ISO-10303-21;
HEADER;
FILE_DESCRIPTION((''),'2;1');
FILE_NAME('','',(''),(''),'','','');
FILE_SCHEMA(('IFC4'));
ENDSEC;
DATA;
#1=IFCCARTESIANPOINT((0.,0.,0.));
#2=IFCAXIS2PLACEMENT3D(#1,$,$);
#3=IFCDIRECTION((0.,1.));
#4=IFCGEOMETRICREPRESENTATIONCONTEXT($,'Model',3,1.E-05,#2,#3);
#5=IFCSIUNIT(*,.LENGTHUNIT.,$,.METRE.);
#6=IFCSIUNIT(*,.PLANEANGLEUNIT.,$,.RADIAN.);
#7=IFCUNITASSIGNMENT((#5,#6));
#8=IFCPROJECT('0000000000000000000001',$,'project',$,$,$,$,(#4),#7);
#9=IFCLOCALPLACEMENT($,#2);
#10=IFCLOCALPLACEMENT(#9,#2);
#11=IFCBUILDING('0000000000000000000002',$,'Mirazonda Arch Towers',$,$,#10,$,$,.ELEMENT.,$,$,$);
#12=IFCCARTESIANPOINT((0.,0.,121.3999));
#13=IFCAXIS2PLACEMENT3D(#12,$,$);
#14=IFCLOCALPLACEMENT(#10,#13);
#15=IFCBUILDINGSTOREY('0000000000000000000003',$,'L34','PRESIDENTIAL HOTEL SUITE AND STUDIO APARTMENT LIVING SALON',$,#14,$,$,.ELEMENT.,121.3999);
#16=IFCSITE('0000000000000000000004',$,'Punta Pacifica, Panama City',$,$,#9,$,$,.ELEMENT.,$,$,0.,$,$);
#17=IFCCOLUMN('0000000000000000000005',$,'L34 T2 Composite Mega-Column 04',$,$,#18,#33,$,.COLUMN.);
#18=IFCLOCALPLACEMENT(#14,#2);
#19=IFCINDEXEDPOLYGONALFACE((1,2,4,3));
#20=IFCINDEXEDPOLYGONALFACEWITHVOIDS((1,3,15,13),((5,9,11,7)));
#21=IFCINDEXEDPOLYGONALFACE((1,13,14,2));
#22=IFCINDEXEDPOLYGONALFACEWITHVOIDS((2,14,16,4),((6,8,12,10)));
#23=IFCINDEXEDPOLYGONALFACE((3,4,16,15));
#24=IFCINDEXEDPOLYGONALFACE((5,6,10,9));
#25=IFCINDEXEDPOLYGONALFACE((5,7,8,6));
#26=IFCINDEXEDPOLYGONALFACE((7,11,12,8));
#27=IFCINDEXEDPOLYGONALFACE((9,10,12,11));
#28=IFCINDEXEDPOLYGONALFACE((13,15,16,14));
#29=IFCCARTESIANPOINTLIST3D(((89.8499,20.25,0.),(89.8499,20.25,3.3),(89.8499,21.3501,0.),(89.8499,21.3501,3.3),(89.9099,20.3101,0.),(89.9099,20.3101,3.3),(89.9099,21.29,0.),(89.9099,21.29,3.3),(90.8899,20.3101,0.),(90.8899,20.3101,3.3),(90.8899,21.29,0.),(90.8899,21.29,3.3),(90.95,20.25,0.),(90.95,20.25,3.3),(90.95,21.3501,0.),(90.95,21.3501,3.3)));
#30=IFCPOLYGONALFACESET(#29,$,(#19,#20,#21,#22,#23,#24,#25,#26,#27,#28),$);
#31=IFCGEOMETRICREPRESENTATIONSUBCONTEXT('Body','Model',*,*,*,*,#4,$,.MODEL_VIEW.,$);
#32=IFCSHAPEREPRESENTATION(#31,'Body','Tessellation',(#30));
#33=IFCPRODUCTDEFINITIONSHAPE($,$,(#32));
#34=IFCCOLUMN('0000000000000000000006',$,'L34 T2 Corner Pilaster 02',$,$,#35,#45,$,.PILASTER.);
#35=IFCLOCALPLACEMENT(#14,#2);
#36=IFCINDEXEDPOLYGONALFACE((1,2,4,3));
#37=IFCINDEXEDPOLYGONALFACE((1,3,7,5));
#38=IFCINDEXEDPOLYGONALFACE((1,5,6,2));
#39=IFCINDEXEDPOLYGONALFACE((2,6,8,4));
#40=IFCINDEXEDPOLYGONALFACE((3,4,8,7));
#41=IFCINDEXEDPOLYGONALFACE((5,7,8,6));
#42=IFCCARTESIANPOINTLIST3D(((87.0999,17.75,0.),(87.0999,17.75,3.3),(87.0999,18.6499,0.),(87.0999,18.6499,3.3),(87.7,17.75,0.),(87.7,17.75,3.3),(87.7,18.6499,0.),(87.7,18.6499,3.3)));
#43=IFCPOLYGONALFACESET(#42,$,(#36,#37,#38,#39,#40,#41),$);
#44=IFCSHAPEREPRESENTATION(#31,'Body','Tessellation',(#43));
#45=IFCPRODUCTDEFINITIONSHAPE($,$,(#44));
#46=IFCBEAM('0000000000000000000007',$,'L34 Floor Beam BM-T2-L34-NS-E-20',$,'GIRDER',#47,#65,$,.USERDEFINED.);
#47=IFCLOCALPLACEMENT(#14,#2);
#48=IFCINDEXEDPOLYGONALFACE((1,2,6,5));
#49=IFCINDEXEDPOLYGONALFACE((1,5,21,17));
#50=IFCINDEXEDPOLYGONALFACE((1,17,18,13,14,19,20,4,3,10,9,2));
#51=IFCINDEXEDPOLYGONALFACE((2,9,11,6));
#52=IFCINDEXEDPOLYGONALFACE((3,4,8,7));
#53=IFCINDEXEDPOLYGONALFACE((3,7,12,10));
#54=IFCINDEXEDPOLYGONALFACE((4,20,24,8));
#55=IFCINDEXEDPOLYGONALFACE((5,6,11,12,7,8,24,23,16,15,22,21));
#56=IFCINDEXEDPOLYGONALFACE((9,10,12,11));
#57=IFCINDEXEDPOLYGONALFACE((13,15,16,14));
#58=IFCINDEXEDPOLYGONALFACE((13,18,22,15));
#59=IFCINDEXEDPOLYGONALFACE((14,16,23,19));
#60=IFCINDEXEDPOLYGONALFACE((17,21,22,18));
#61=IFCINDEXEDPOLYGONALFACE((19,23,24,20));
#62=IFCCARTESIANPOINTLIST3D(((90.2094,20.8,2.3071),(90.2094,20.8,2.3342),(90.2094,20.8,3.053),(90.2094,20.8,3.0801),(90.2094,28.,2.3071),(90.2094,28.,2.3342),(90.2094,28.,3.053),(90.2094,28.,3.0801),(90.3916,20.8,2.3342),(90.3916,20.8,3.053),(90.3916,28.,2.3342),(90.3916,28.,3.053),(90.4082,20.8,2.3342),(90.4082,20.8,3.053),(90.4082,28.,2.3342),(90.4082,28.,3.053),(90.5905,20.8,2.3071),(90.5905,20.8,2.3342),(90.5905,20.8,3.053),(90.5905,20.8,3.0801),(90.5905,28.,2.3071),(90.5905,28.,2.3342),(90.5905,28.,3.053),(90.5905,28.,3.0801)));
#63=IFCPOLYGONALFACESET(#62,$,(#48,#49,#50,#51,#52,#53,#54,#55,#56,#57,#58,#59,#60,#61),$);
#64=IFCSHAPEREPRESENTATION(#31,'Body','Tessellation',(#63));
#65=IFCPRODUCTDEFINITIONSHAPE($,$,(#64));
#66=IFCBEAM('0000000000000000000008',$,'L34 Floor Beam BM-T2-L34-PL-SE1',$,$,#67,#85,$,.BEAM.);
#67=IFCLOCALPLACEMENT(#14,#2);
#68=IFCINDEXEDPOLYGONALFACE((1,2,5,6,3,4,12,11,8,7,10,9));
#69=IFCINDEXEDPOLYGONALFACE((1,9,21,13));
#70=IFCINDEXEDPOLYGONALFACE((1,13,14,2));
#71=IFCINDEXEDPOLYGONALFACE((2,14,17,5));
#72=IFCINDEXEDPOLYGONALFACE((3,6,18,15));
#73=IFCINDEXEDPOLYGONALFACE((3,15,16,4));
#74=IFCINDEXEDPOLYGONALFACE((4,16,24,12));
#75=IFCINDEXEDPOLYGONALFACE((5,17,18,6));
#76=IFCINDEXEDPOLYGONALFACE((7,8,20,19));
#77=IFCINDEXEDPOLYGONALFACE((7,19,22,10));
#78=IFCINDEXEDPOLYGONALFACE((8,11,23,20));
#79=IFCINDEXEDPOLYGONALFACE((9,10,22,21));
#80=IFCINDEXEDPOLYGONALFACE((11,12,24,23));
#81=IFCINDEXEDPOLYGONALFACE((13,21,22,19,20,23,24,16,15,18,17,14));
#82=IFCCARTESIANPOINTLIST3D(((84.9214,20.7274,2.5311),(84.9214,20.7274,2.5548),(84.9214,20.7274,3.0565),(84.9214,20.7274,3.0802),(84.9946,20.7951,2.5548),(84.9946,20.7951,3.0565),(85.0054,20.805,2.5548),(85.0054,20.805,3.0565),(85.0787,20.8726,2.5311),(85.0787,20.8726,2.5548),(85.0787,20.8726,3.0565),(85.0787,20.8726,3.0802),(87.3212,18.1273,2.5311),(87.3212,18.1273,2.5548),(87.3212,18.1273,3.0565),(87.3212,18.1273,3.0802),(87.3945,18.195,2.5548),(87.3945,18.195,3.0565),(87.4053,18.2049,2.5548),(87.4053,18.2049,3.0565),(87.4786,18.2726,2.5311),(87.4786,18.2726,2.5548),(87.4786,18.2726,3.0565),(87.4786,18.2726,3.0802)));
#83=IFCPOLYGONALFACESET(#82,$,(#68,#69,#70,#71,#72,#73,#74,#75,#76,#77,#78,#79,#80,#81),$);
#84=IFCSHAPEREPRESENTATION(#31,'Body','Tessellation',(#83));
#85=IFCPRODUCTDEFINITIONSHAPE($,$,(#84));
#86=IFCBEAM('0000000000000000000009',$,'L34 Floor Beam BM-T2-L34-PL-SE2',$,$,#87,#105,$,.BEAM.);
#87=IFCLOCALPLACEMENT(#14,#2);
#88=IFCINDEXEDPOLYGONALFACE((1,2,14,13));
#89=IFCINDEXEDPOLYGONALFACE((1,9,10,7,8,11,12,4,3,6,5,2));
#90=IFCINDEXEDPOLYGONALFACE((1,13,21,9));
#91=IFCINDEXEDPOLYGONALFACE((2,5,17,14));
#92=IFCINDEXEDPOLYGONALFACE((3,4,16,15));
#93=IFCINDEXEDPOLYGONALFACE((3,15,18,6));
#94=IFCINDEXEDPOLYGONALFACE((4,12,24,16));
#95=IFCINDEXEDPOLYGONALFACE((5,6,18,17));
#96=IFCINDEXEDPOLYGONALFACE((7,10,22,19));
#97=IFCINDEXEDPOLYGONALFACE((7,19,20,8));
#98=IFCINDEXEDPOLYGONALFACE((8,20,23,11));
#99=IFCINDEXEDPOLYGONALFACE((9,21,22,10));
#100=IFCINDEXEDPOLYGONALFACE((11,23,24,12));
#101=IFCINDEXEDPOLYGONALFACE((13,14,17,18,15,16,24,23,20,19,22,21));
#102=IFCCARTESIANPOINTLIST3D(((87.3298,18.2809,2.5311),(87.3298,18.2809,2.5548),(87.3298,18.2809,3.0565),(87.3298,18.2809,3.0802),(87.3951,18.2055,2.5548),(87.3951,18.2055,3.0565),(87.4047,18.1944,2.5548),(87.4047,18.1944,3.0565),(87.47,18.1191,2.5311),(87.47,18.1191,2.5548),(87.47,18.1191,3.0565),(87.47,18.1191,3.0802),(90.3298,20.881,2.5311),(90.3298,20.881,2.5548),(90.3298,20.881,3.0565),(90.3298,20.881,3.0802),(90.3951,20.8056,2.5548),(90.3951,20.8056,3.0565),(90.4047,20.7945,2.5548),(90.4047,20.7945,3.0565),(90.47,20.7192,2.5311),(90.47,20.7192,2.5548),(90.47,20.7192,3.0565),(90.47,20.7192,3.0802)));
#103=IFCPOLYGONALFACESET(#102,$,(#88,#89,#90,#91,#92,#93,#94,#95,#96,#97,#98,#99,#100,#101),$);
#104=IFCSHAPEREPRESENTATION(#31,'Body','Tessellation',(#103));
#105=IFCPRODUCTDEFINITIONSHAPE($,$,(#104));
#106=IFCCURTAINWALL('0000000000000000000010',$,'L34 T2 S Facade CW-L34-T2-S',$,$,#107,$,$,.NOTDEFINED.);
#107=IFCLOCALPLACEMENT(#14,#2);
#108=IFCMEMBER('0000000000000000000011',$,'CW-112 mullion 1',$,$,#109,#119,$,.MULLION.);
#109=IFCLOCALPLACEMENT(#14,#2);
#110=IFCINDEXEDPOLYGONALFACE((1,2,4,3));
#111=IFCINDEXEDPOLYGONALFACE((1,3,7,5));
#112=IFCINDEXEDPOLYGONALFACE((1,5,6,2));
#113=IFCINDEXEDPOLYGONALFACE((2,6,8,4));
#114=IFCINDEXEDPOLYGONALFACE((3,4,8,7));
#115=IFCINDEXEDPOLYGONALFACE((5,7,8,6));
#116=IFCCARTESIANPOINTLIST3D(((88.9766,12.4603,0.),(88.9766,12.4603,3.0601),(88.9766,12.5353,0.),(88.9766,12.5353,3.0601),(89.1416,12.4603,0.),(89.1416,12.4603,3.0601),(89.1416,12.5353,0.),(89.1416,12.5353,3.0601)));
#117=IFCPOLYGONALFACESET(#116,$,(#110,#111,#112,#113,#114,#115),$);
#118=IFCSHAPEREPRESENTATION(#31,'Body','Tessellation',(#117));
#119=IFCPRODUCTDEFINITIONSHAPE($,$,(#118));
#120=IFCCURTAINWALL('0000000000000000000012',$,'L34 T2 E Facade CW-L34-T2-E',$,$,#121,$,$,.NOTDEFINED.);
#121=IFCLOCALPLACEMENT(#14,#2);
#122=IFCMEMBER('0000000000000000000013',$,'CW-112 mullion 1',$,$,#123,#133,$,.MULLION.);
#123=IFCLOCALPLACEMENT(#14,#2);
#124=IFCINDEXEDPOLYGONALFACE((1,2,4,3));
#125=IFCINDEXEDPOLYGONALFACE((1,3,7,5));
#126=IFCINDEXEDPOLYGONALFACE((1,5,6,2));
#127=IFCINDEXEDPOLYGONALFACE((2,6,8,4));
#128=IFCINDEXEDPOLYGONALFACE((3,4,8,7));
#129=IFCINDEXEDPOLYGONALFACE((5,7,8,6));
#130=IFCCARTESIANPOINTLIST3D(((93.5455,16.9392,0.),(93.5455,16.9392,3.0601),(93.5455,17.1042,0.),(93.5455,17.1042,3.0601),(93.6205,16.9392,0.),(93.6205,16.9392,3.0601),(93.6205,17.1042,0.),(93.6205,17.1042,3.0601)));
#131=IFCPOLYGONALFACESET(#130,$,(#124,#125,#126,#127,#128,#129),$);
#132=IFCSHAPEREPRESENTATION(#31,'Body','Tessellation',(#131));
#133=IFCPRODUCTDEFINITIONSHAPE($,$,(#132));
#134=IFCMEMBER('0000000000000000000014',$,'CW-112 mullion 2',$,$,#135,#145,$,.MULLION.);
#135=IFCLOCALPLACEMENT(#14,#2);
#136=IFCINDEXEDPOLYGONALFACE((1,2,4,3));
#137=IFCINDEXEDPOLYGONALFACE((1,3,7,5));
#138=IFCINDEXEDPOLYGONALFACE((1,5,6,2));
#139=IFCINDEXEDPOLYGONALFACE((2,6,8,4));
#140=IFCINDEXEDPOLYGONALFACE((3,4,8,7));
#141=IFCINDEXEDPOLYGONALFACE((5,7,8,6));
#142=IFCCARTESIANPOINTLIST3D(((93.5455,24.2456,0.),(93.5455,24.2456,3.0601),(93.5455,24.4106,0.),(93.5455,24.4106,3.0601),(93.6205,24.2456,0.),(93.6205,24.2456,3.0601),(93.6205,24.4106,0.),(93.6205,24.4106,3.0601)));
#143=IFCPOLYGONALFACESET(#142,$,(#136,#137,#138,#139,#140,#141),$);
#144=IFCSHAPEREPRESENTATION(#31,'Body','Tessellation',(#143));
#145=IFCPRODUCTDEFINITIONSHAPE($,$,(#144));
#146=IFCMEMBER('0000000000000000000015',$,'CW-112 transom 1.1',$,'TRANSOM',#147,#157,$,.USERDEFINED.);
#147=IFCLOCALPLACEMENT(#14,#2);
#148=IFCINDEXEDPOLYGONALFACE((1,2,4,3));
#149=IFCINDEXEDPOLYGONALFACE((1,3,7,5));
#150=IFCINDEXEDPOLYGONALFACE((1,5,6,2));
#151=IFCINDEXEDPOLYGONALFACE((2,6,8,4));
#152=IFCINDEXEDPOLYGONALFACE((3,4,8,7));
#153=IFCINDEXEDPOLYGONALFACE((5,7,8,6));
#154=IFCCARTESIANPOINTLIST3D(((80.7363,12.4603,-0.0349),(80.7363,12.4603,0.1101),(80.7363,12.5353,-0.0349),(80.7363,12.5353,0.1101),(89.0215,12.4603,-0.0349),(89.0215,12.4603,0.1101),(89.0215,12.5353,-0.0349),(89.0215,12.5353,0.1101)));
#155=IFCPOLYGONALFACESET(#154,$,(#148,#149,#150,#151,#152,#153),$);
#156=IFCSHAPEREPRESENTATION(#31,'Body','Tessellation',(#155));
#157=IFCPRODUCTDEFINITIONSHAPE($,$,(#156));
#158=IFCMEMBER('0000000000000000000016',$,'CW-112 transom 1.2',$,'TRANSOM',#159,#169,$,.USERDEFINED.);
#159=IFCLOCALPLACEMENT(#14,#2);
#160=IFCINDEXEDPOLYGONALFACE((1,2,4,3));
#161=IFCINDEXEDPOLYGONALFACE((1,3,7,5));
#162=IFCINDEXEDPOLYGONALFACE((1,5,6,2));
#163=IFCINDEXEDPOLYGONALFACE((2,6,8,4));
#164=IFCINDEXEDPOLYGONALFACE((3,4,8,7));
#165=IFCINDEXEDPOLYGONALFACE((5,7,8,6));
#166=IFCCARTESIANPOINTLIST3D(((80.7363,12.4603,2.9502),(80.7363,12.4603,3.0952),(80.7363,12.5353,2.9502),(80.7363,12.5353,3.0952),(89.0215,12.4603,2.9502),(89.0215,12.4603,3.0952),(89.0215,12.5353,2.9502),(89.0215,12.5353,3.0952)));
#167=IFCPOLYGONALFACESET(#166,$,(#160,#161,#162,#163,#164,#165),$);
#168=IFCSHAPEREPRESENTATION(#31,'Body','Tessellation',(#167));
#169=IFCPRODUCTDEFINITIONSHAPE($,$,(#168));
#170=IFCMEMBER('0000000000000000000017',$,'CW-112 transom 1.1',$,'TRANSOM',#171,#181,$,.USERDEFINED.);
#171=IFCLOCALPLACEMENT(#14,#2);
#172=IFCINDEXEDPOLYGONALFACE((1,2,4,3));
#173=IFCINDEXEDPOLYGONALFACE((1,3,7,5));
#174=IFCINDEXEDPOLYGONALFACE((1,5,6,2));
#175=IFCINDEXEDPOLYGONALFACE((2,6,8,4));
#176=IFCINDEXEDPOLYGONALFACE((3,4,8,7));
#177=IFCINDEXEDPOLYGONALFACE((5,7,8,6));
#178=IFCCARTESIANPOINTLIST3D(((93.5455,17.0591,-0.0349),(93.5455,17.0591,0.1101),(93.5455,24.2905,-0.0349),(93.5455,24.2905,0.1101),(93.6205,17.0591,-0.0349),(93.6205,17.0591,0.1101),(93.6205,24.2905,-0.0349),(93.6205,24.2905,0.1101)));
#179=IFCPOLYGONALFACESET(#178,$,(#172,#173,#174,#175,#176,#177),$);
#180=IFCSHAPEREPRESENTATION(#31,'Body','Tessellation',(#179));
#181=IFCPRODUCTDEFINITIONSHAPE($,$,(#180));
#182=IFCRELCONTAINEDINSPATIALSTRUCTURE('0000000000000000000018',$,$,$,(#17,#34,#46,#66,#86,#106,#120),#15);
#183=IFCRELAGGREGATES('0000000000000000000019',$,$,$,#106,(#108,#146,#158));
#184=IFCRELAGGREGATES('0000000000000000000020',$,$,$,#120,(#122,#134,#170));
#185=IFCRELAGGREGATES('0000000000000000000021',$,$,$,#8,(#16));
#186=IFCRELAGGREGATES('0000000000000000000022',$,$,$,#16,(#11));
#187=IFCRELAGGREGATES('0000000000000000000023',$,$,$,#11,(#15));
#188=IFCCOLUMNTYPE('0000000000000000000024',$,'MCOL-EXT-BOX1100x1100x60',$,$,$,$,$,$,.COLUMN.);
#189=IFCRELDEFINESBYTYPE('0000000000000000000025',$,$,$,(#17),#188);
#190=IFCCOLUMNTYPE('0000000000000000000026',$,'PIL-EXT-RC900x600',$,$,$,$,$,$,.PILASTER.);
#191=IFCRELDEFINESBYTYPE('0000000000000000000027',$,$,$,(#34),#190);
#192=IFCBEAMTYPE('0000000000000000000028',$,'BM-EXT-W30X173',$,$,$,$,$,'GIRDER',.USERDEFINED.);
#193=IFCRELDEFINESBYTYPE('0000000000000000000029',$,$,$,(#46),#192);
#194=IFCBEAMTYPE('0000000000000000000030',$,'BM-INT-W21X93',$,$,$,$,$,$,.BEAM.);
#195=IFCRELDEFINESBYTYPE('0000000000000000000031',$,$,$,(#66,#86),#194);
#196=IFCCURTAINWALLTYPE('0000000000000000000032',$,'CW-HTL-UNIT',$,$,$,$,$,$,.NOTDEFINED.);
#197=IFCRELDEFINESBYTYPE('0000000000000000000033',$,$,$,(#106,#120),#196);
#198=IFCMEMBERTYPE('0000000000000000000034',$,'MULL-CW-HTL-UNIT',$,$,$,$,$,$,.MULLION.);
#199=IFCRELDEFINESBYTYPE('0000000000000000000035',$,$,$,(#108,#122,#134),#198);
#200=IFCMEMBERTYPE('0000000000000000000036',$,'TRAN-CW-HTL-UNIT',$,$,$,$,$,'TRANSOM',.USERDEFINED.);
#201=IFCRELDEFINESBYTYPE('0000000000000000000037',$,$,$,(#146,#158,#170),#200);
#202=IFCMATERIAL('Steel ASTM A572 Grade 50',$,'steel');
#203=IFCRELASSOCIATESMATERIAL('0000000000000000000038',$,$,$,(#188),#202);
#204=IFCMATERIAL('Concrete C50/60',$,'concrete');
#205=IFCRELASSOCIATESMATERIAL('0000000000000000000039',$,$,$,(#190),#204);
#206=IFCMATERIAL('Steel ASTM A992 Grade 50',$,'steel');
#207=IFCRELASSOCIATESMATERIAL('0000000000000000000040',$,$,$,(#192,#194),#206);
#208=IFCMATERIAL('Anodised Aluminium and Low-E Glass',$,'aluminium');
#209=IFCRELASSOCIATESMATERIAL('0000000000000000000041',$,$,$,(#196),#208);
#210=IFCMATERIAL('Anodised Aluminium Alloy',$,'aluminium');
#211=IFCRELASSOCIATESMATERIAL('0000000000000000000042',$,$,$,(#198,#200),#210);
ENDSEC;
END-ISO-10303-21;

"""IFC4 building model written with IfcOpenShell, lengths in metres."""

from ifc_helpers import new_model, si_unit, direction, frame, origin, origin_2d, place, context, subcontext, project, spatial, rectangle, hollow_rectangle, i_section, extrude, material, material_profile, profile_set, type_object, element, aggregate, save


model = new_model("IFC4")

# Units and contexts
model_context = context("Model", 3, precision=1e-05, world=origin(), true_north=direction((0.0, 1.0)))
body_context = subcontext(model_context, "Body", "Model", "MODEL_VIEW")
ifc_project = project(units=[si_unit("LENGTHUNIT", "METRE"), si_unit("PLANEANGLEUNIT", "RADIAN")], contexts=[model_context])

# Site, building, storey
site_placement = place(None, origin())
site = spatial("IfcSite", under=ifc_project, at=site_placement, Name="Punta Pacifica, Panama City", CompositionType="ELEMENT", RefElevation=0.0)
building_placement = place(site_placement, origin())
building = spatial("IfcBuilding", under=site, at=building_placement, Name="Mirazonda Arch Towers", CompositionType="ELEMENT")
storey_placement = place(building_placement, frame((0.0, 0.0, 121.3999)))
storey = spatial("IfcBuildingStorey", under=building, at=storey_placement, Name="L34", Description="PRESIDENTIAL HOTEL SUITE AND STUDIO APARTMENT LIVING SALON", CompositionType="ELEMENT", Elevation=121.3999)

# Columns
ifc_material_1 = material(Name="Steel ASTM A572 Grade 50", Category="steel")
ifc_material_profile_1 = material_profile(ifc_material_1, hollow_rectangle(XDim=1.1001, YDim=1.1001, WallThickness=0.0601, at=origin_2d()), Name="BOX1100x1100x60")
ifc_profile_set_1 = profile_set([ifc_material_profile_1], Name="Steel ASTM A572 Grade 50")
column_type_1 = type_object("IfcColumnType", Name="MCOL-EXT-BOX1100x1100x60", PredefinedType="COLUMN", material=ifc_profile_set_1)
column_1_placement = place(storey_placement, frame((90.3999, 20.8, 0.0), z_axis=(0.0, 0.0, 1.0), x_axis=(1.0, 0.0, 0.0)))
element("IfcColumn", 1, at=column_1_placement, inside=storey, type_object=column_type_1, Name="L34 T2 Composite Mega-Column 04", PredefinedType="COLUMN", context=body_context, shape_type="SweptSolid", body=[
    extrude(hollow_rectangle(XDim=1.1001, YDim=1.1001, WallThickness=0.0601, at=origin_2d()), origin(), (0.0, 0.0, 1.0), 3.3),
])
ifc_material_2 = material(Name="Concrete C50/60", Category="concrete")
ifc_material_profile_2 = material_profile(ifc_material_2, rectangle(XDim=0.6001, YDim=0.8999, at=origin_2d()), Name="RC900x600")
ifc_profile_set_2 = profile_set([ifc_material_profile_2], Name="Concrete C50/60")
column_type_2 = type_object("IfcColumnType", Name="PIL-EXT-RC900x600", PredefinedType="PILASTER", material=ifc_profile_set_2)
column_2_placement = place(storey_placement, frame((87.3999, 18.2, 0.0), z_axis=(0.0, 0.0, 1.0), x_axis=(1.0, 0.0, 0.0)))
element("IfcColumn", 2, at=column_2_placement, inside=storey, type_object=column_type_2, Name="L34 T2 Corner Pilaster 02", PredefinedType="PILASTER", context=body_context, shape_type="SweptSolid", body=[
    extrude(rectangle(XDim=0.6001, YDim=0.8999, at=origin_2d()), origin(), (0.0, 0.0, 1.0), 3.3),
])

# Beams
ifc_material_3 = material(Name="Steel ASTM A992 Grade 50", Category="steel")
ifc_material_profile_3 = material_profile(ifc_material_3, i_section(OverallWidth=0.3811, OverallDepth=0.7729, WebThickness=0.0166, FlangeThickness=0.0271, at=origin_2d()), Name="W30X173")
ifc_profile_set_3 = profile_set([ifc_material_profile_3], Name="Steel ASTM A992 Grade 50")
beam_type_1 = type_object("IfcBeamType", Name="BM-EXT-W30X173", ElementType="GIRDER", PredefinedType="USERDEFINED", material=ifc_profile_set_3)
beam_1_placement = place(storey_placement, frame((90.3999, 20.8, 2.6936), z_axis=(0.0, 1.0, 0.0), x_axis=(-1.0, 0.0, 0.0)))
element("IfcBeam", 3, at=beam_1_placement, inside=storey, type_object=beam_type_1, Name="L34 Floor Beam BM-T2-L34-NS-E-20", ObjectType="GIRDER", PredefinedType="USERDEFINED", context=body_context, shape_type="SweptSolid", body=[
    extrude(i_section(OverallWidth=0.3811, OverallDepth=0.7729, WebThickness=0.0166, FlangeThickness=0.0271, at=origin_2d()), origin(), (0.0, 0.0, 1.0), 7.2),
])
ifc_material_profile_4 = material_profile(ifc_material_3, i_section(OverallWidth=0.2141, OverallDepth=0.5491, WebThickness=0.0146, FlangeThickness=0.0237, at=origin_2d()), Name="W21X93")
ifc_profile_set_4 = profile_set([ifc_material_profile_4], Name="Steel ASTM A992 Grade 50")
beam_type_2 = type_object("IfcBeamType", Name="BM-INT-W21X93", PredefinedType="BEAM", material=ifc_profile_set_4)
beam_2_placement = place(storey_placement, frame((87.3999, 18.2, 2.8057), z_axis=(-0.678251, 0.73483, 0.0), x_axis=(-0.73483, -0.678251, 0.0)))
element("IfcBeam", 4, at=beam_2_placement, inside=storey, type_object=beam_type_2, Name="L34 Floor Beam BM-T2-L34-PL-SE1", PredefinedType="BEAM", context=body_context, shape_type="SweptSolid", body=[
    extrude(i_section(OverallWidth=0.2141, OverallDepth=0.5491, WebThickness=0.0146, FlangeThickness=0.0237, at=origin_2d()), origin(), (0.0, 0.0, 1.0), 3.5383),
])
beam_3_placement = place(storey_placement, frame((87.3999, 18.2, 2.8057), z_axis=(0.755677, 0.654945, 0.0), x_axis=(-0.654945, 0.755677, 0.0)))
element("IfcBeam", 5, at=beam_3_placement, inside=storey, type_object=beam_type_2, Name="L34 Floor Beam BM-T2-L34-PL-SE2", PredefinedType="BEAM", context=body_context, shape_type="SweptSolid", body=[
    extrude(i_section(OverallWidth=0.2141, OverallDepth=0.5491, WebThickness=0.0146, FlangeThickness=0.0237, at=origin_2d()), origin(), (0.0, 0.0, 1.0), 3.97),
])

# Curtain wall, member
ifc_material_4 = material(Name="Anodised Aluminium and Low-E Glass", Category="aluminium")
curtain_wall_type = type_object("IfcCurtainWallType", Name="CW-HTL-UNIT", PredefinedType="NOTDEFINED", material=ifc_material_4)
curtain_wall_1_placement = place(storey_placement, origin())
curtain_wall_1 = element("IfcCurtainWall", 6, at=curtain_wall_1_placement, inside=storey, type_object=curtain_wall_type, Name="L34 T2 S Facade CW-L34-T2-S", PredefinedType="NOTDEFINED")
ifc_material_5 = material(Name="Anodised Aluminium Alloy", Category="aluminium")
ifc_material_profile_5 = material_profile(ifc_material_5, rectangle(XDim=0.075, YDim=0.165, at=origin_2d()), Name="ALU-MULL-75x165")
ifc_profile_set_5 = profile_set([ifc_material_profile_5], Name="Anodised Aluminium Alloy")
member_type_1 = type_object("IfcMemberType", Name="MULL-CW-HTL-UNIT", PredefinedType="MULLION", material=ifc_profile_set_5)
member_1_placement = place(storey_placement, frame((89.0591, 12.4978, 0.0), z_axis=(0.0, 0.0, 1.0), x_axis=(0.0, -1.0, 0.0)))
member_1 = element("IfcMember", 7, at=member_1_placement, type_object=member_type_1, Name="CW-112 mullion 1", PredefinedType="MULLION", context=body_context, shape_type="SweptSolid", body=[
    extrude(rectangle(XDim=0.075, YDim=0.165, at=origin_2d()), origin(), (0.0, 0.0, 1.0), 3.0601),
])

# Curtain wall, members
curtain_wall_2_placement = place(storey_placement, origin())
curtain_wall_2 = element("IfcCurtainWall", 8, at=curtain_wall_2_placement, inside=storey, type_object=curtain_wall_type, Name="L34 T2 E Facade CW-L34-T2-E", PredefinedType="NOTDEFINED")
member_2_placement = place(storey_placement, frame((93.583, 17.0217, 0.0), z_axis=(0.0, 0.0, 1.0), x_axis=(-1.0, 0.0, 0.0)))
member_2 = element("IfcMember", 9, at=member_2_placement, type_object=member_type_1, Name="CW-112 mullion 1", PredefinedType="MULLION", context=body_context, shape_type="SweptSolid", body=[
    extrude(rectangle(XDim=0.075, YDim=0.165, at=origin_2d()), origin(), (0.0, 0.0, 1.0), 3.0601),
])
member_3_placement = place(storey_placement, frame((93.583, 24.3281, 0.0), z_axis=(0.0, 0.0, 1.0), x_axis=(-1.0, 0.0, 0.0)))
member_3 = element("IfcMember", 10, at=member_3_placement, type_object=member_type_1, Name="CW-112 mullion 2", PredefinedType="MULLION", context=body_context, shape_type="SweptSolid", body=[
    extrude(rectangle(XDim=0.075, YDim=0.165, at=origin_2d()), origin(), (0.0, 0.0, 1.0), 3.0601),
])

# Members
ifc_material_profile_6 = material_profile(ifc_material_5, rectangle(XDim=0.075, YDim=0.145, at=origin_2d()), Name="ALU-TRAN-75x145")
ifc_profile_set_6 = profile_set([ifc_material_profile_6], Name="Anodised Aluminium Alloy")
member_type_2 = type_object("IfcMemberType", Name="TRAN-CW-HTL-UNIT", ElementType="TRANSOM", PredefinedType="USERDEFINED", material=ifc_profile_set_6)
member_4_placement = place(storey_placement, frame((89.0215, 12.4978, 0.0376), z_axis=(-1.0, 0.0, 0.0), x_axis=(0.0, -1.0, 0.0)))
member_4 = element("IfcMember", 11, at=member_4_placement, type_object=member_type_2, Name="CW-112 transom 1.1", ObjectType="TRANSOM", PredefinedType="USERDEFINED", context=body_context, shape_type="SweptSolid", body=[
    extrude(rectangle(XDim=0.075, YDim=0.145, at=origin_2d()), origin(), (0.0, 0.0, 1.0), 8.2852),
])
member_5_placement = place(storey_placement, frame((89.0215, 12.4978, 3.0227), z_axis=(-1.0, 0.0, 0.0), x_axis=(0.0, -1.0, 0.0)))
member_5 = element("IfcMember", 12, at=member_5_placement, type_object=member_type_2, Name="CW-112 transom 1.2", ObjectType="TRANSOM", PredefinedType="USERDEFINED", context=body_context, shape_type="SweptSolid", body=[
    extrude(rectangle(XDim=0.075, YDim=0.145, at=origin_2d()), origin(), (0.0, 0.0, 1.0), 8.2852),
])
aggregate(curtain_wall_1, [member_1, member_4, member_5])
member_6_placement = place(storey_placement, frame((93.583, 17.0591, 0.0376), z_axis=(0.0, 1.0, 0.0), x_axis=(-1.0, 0.0, 0.0)))
member_6 = element("IfcMember", 13, at=member_6_placement, type_object=member_type_2, Name="CW-112 transom 1.1", ObjectType="TRANSOM", PredefinedType="USERDEFINED", context=body_context, shape_type="SweptSolid", body=[
    extrude(rectangle(XDim=0.075, YDim=0.145, at=origin_2d()), origin(), (0.0, 0.0, 1.0), 7.2314),
])

aggregate(curtain_wall_2, [member_2, member_3, member_6])

save(model, "model.ifc")
